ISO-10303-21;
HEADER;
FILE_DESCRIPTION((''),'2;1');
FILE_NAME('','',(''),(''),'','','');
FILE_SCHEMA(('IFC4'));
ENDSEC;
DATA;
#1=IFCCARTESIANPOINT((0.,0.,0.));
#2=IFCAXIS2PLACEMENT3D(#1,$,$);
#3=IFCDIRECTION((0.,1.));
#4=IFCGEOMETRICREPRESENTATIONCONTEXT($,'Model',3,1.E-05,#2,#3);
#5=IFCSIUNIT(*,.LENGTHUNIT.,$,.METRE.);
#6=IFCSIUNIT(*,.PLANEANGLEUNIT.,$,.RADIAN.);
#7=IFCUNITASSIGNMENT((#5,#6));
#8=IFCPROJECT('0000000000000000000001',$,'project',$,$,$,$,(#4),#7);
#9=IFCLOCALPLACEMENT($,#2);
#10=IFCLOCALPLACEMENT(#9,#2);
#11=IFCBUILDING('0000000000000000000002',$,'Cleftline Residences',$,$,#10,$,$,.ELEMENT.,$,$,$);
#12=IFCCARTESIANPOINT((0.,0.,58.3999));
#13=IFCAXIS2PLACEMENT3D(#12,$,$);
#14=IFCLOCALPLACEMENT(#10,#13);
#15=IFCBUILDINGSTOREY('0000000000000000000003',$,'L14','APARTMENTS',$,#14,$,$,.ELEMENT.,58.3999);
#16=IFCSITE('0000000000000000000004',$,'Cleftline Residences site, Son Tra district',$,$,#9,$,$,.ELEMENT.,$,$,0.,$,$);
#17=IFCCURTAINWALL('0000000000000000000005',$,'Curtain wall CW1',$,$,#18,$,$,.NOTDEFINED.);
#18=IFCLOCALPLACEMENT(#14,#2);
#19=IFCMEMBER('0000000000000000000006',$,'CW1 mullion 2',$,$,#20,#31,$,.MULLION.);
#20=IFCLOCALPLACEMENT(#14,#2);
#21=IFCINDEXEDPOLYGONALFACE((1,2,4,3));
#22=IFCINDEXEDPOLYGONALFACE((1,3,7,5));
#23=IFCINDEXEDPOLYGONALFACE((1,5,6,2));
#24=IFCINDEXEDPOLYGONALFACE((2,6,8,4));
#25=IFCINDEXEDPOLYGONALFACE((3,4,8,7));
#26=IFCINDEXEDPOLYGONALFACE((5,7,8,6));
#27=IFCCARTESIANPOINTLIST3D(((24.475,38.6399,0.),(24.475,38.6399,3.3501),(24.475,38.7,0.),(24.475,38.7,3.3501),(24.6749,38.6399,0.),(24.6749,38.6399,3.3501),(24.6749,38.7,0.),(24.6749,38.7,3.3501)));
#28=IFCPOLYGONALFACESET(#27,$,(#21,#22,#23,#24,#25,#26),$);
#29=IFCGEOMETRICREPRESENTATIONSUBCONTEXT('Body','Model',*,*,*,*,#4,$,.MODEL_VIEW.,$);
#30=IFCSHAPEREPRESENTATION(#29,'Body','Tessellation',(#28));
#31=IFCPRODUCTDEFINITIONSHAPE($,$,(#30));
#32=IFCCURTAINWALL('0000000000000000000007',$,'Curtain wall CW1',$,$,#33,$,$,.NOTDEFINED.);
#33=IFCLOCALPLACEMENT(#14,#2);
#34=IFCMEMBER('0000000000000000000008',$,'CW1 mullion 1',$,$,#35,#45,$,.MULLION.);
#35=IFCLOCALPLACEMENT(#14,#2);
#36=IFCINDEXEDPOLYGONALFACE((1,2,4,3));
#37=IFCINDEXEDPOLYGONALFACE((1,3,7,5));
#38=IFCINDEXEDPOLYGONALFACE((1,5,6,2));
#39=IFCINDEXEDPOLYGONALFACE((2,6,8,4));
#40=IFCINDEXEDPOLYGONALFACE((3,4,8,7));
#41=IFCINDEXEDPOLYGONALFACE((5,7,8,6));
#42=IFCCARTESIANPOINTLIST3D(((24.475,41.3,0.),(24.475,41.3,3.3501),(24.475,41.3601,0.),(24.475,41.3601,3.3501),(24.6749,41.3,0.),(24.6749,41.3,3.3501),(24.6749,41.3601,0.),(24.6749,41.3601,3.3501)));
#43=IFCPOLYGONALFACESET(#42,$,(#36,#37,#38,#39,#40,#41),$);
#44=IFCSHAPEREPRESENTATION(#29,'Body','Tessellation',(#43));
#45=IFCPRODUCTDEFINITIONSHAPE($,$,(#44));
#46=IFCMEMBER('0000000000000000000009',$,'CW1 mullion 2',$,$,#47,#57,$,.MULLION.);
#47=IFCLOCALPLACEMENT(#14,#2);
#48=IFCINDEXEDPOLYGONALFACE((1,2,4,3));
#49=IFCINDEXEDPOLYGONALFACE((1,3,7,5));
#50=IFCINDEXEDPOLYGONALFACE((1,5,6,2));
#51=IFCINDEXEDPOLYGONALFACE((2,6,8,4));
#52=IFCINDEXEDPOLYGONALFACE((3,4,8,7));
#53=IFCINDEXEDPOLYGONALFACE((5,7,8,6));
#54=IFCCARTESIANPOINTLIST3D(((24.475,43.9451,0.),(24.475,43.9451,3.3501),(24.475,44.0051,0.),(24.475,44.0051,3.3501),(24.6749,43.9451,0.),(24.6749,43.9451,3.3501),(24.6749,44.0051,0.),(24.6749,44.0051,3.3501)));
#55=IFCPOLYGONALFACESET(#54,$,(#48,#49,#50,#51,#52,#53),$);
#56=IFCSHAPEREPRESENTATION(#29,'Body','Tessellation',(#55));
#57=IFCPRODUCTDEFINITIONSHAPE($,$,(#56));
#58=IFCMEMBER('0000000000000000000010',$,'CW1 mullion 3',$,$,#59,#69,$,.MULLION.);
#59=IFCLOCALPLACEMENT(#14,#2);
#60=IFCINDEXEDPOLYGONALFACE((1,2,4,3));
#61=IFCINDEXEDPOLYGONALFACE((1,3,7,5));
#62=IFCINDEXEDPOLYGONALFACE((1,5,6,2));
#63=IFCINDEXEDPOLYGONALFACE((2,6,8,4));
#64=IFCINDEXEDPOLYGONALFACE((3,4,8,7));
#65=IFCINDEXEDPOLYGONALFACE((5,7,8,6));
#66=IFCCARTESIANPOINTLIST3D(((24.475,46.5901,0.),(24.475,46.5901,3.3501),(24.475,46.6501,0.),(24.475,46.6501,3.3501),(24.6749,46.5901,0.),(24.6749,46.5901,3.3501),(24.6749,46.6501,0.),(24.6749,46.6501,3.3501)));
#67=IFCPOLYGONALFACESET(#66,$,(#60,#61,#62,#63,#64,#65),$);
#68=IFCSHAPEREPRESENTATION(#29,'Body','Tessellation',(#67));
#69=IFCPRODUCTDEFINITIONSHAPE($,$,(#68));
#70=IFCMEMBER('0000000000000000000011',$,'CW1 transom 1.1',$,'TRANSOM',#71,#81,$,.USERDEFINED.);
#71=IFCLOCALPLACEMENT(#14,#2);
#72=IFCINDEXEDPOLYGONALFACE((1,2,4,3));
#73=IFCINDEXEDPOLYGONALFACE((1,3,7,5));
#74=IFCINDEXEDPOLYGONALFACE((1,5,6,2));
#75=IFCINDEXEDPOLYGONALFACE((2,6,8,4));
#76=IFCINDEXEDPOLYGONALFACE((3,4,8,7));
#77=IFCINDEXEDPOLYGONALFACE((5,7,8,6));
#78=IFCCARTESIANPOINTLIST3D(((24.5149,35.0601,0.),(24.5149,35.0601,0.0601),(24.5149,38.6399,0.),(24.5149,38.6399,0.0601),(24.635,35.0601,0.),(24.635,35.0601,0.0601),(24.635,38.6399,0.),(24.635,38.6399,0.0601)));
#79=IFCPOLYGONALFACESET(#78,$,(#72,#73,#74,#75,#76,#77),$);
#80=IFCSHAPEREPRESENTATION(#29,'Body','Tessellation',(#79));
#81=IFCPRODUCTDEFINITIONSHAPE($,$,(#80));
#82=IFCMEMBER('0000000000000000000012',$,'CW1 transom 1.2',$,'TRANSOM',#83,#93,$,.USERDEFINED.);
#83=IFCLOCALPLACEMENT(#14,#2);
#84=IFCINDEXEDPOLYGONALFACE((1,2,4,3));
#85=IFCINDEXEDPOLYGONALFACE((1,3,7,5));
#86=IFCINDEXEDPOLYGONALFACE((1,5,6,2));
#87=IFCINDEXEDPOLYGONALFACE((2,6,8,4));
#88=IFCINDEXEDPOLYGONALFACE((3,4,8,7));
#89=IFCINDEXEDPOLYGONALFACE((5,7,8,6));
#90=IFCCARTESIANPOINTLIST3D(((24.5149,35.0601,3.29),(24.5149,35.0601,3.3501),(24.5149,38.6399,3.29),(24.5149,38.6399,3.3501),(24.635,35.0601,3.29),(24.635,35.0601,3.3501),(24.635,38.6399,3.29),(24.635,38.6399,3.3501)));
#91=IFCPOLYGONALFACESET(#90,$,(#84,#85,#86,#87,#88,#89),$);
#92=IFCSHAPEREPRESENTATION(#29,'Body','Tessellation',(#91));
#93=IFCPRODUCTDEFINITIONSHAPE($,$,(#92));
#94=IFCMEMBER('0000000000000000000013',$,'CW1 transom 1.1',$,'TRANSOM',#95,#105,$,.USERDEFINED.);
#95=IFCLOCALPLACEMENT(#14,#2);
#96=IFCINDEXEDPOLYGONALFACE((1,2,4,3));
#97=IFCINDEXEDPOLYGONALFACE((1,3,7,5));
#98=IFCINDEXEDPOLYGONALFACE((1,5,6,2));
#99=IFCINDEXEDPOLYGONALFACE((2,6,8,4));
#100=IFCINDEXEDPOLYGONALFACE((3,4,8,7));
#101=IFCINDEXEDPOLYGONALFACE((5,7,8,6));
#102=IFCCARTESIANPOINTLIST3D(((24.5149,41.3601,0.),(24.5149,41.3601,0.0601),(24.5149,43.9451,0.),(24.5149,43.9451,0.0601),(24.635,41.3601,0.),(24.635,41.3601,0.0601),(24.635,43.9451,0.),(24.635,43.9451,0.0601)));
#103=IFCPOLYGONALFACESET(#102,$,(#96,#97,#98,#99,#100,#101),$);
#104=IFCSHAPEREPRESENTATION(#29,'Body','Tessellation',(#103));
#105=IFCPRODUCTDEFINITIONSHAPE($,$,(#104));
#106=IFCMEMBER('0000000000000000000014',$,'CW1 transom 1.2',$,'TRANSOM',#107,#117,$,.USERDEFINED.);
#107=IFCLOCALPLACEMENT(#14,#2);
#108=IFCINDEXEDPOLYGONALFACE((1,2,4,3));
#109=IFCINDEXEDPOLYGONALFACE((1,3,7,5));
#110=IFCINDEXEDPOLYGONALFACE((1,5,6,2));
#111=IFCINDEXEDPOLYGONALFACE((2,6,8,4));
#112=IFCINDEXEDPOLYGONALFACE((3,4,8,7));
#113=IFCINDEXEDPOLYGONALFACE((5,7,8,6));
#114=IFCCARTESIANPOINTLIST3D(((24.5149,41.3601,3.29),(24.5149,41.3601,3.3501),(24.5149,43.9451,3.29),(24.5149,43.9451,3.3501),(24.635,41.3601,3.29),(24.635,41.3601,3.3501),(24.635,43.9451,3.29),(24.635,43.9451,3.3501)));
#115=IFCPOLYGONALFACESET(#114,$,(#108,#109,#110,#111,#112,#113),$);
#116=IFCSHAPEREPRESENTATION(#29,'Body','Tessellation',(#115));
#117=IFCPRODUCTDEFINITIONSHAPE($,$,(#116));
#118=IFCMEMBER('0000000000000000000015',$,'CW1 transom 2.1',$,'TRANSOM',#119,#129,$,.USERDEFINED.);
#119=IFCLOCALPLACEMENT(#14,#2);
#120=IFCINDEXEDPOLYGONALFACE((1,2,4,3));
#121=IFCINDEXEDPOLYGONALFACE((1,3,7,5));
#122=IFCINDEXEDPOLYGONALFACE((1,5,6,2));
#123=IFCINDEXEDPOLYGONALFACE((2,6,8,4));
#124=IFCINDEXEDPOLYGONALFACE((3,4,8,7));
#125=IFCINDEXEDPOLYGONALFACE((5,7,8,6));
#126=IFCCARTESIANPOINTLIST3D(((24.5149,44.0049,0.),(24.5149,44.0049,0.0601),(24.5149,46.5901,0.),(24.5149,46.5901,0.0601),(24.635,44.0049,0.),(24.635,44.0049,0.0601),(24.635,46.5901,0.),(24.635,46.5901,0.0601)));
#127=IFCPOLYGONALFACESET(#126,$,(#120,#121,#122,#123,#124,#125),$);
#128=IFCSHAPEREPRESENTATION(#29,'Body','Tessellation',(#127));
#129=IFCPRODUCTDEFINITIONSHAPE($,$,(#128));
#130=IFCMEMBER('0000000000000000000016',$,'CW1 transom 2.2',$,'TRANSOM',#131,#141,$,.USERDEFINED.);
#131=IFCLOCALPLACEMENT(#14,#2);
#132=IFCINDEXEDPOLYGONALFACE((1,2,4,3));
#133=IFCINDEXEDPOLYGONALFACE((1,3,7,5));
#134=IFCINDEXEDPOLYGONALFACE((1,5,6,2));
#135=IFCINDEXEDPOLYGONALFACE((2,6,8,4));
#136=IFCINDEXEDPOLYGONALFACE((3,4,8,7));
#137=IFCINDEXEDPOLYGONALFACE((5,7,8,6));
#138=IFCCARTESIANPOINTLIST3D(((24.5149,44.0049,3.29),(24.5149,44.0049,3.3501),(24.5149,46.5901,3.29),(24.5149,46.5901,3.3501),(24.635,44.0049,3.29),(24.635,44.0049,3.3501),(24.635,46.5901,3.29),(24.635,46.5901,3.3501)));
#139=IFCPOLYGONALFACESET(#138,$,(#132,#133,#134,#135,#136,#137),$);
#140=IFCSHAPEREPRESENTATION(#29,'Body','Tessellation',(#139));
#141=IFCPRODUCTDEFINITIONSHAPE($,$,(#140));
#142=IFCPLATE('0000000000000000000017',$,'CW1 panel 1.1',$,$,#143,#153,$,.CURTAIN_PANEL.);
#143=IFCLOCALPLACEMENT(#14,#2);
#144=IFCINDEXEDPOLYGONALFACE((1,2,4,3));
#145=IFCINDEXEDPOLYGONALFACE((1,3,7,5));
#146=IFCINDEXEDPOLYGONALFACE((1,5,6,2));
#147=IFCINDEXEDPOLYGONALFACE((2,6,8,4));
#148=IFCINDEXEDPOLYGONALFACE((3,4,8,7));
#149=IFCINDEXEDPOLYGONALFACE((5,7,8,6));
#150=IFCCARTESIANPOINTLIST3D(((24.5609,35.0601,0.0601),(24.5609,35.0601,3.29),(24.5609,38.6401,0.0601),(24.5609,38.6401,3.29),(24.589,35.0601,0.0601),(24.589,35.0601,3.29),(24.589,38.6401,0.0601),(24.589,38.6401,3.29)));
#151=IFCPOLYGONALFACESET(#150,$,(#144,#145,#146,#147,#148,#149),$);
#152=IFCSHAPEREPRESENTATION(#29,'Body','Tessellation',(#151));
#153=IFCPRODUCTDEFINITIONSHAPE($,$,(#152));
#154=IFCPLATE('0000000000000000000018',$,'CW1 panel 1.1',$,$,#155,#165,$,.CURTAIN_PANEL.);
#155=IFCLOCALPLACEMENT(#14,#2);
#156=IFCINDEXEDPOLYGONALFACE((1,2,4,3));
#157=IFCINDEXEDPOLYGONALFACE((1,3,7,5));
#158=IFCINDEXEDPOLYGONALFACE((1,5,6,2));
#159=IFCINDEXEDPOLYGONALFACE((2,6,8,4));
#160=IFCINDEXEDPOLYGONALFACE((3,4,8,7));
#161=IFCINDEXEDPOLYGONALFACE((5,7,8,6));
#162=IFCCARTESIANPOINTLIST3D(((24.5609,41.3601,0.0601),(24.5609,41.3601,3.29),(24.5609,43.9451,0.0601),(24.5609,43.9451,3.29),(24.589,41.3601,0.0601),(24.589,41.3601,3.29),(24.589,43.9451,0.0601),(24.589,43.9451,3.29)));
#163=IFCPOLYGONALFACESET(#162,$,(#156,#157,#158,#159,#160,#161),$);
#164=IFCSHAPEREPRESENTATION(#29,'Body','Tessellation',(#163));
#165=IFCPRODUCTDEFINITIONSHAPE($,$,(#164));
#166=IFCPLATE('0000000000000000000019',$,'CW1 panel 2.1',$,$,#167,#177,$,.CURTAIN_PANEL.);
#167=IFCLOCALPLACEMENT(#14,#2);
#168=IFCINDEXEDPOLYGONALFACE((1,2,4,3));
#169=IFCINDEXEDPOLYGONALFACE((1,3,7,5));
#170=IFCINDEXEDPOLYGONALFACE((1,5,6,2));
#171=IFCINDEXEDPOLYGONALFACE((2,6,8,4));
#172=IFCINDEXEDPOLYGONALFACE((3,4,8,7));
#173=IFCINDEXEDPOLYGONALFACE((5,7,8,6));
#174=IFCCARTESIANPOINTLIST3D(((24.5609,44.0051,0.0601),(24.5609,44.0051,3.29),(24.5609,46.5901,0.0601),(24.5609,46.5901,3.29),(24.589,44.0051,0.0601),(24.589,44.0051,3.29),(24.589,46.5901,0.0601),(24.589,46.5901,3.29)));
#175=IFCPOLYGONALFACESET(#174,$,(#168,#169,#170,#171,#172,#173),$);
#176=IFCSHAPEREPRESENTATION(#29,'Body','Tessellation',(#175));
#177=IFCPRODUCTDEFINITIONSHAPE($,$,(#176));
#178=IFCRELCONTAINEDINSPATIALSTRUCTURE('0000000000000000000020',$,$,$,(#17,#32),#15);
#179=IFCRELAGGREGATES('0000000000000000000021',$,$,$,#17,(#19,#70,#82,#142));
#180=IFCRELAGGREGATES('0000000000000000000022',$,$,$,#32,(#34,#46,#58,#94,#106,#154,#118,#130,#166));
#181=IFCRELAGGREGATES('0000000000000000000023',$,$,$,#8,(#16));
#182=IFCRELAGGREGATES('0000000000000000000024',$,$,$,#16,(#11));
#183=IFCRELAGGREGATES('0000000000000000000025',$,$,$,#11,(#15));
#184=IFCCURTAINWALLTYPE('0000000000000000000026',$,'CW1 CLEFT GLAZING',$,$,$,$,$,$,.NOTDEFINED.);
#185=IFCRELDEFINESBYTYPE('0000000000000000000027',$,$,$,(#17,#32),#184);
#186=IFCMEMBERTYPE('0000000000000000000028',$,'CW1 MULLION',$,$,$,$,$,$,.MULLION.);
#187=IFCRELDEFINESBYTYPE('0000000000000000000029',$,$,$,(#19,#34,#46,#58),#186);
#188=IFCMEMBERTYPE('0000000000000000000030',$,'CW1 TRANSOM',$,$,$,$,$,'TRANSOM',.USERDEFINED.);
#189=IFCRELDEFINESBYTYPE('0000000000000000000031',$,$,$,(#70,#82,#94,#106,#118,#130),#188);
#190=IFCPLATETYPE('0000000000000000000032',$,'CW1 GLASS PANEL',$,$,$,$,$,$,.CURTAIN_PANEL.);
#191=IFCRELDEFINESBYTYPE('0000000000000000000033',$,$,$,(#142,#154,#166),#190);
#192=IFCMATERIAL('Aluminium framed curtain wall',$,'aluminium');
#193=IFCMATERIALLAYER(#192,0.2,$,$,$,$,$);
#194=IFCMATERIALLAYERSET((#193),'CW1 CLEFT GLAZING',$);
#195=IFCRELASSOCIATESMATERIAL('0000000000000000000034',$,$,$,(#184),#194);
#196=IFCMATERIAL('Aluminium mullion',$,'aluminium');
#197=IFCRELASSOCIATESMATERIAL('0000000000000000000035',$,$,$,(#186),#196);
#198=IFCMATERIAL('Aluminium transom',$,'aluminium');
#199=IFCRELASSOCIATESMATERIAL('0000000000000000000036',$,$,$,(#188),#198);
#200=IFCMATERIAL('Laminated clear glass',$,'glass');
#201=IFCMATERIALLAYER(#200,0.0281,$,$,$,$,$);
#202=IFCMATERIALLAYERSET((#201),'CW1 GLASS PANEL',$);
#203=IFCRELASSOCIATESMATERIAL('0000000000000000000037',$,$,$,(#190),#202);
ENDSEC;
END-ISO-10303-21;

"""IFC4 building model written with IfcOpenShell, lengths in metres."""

from ifc_helpers import new_model, si_unit, direction, frame, origin, origin_2d, place, context, subcontext, project, spatial, rectangle, extrude, material, layer, layer_set, material_profile, profile_set, type_object, element, aggregate, save


model = new_model("IFC4")

# Units and contexts
model_context = context("Model", 3, precision=1e-05, world=origin(), true_north=direction((0.0, 1.0)))
body_context = subcontext(model_context, "Body", "Model", "MODEL_VIEW")
ifc_project = project(units=[si_unit("LENGTHUNIT", "METRE"), si_unit("PLANEANGLEUNIT", "RADIAN")], contexts=[model_context])

# Site, building, storey
site_placement = place(None, origin())
site = spatial("IfcSite", under=ifc_project, at=site_placement, Name="Cleftline Residences site, Son Tra district", CompositionType="ELEMENT", RefElevation=0.0)
building_placement = place(site_placement, origin())
building = spatial("IfcBuilding", under=site, at=building_placement, Name="Cleftline Residences", CompositionType="ELEMENT")
storey_placement = place(building_placement, frame((0.0, 0.0, 58.3999)))
storey = spatial("IfcBuildingStorey", under=building, at=storey_placement, Name="L14", Description="APARTMENTS", CompositionType="ELEMENT", Elevation=58.3999)

# Curtain wall, member
ifc_material_1 = material(Name="Aluminium framed curtain wall", Category="aluminium")
ifc_layer_1 = layer(ifc_material_1, 0.2)
ifc_layer_set_1 = layer_set([ifc_layer_1], Name="CW1 CLEFT GLAZING")
curtain_wall_type = type_object("IfcCurtainWallType", Name="CW1 CLEFT GLAZING", PredefinedType="NOTDEFINED", material=ifc_layer_set_1)
curtain_wall_1_placement = place(storey_placement, origin())
curtain_wall_1 = element("IfcCurtainWall", 1, at=curtain_wall_1_placement, inside=storey, type_object=curtain_wall_type, Name="Curtain wall CW1", PredefinedType="NOTDEFINED")
ifc_material_2 = material(Name="Aluminium mullion", Category="aluminium")
ifc_material_profile_1 = material_profile(ifc_material_2, rectangle(XDim=0.2, YDim=0.0601, at=origin_2d()))
ifc_profile_set_1 = profile_set([ifc_material_profile_1], Name="Aluminium mullion")
member_type_1 = type_object("IfcMemberType", Name="CW1 MULLION", PredefinedType="MULLION", material=ifc_profile_set_1)
member_1_placement = place(storey_placement, frame((24.575, 38.6699, 0.0), z_axis=(0.0, 0.0, 1.0), x_axis=(-1.0, 0.0, 0.0)))
member_1 = element("IfcMember", 2, at=member_1_placement, type_object=member_type_1, Name="CW1 mullion 2", PredefinedType="MULLION", context=body_context, shape_type="SweptSolid", body=[
    extrude(rectangle(XDim=0.2, YDim=0.0601, at=origin_2d()), origin(), (0.0, 0.0, 1.0), 3.3501),
])

# Curtain wall, members
curtain_wall_2_placement = place(storey_placement, origin())
curtain_wall_2 = element("IfcCurtainWall", 3, at=curtain_wall_2_placement, inside=storey, type_object=curtain_wall_type, Name="Curtain wall CW1", PredefinedType="NOTDEFINED")
member_2_placement = place(storey_placement, frame((24.575, 41.3301, 0.0), z_axis=(0.0, 0.0, 1.0), x_axis=(-1.0, 0.0, 0.0)))
member_2 = element("IfcMember", 4, at=member_2_placement, type_object=member_type_1, Name="CW1 mullion 1", PredefinedType="MULLION", context=body_context, shape_type="SweptSolid", body=[
    extrude(rectangle(XDim=0.2, YDim=0.0601, at=origin_2d()), origin(), (0.0, 0.0, 1.0), 3.3501),
])
member_3_placement = place(storey_placement, frame((24.575, 43.9751, 0.0), z_axis=(0.0, 0.0, 1.0), x_axis=(-1.0, 0.0, 0.0)))
member_3 = element("IfcMember", 5, at=member_3_placement, type_object=member_type_1, Name="CW1 mullion 2", PredefinedType="MULLION", context=body_context, shape_type="SweptSolid", body=[
    extrude(rectangle(XDim=0.2, YDim=0.0601, at=origin_2d()), origin(), (0.0, 0.0, 1.0), 3.3501),
])
member_4_placement = place(storey_placement, frame((24.575, 46.6201, 0.0), z_axis=(0.0, 0.0, 1.0), x_axis=(-1.0, 0.0, 0.0)))
member_4 = element("IfcMember", 6, at=member_4_placement, type_object=member_type_1, Name="CW1 mullion 3", PredefinedType="MULLION", context=body_context, shape_type="SweptSolid", body=[
    extrude(rectangle(XDim=0.2, YDim=0.0601, at=origin_2d()), origin(), (0.0, 0.0, 1.0), 3.3501),
])

# Members
ifc_material_3 = material(Name="Aluminium transom", Category="aluminium")
ifc_material_profile_2 = material_profile(ifc_material_3, rectangle(XDim=0.1201, YDim=0.0601, at=origin_2d()))
ifc_profile_set_2 = profile_set([ifc_material_profile_2], Name="Aluminium transom")
member_type_2 = type_object("IfcMemberType", Name="CW1 TRANSOM", ElementType="TRANSOM", PredefinedType="USERDEFINED", material=ifc_profile_set_2)
member_5_placement = place(storey_placement, frame((24.575, 35.0601, 0.03), z_axis=(0.0, 1.0, 0.0), x_axis=(-1.0, 0.0, 0.0)))
member_5 = element("IfcMember", 7, at=member_5_placement, type_object=member_type_2, Name="CW1 transom 1.1", ObjectType="TRANSOM", PredefinedType="USERDEFINED", context=body_context, shape_type="SweptSolid", body=[
    extrude(rectangle(XDim=0.1201, YDim=0.0601, at=origin_2d()), origin(), (0.0, 0.0, 1.0), 3.5798),
])
member_6_placement = place(storey_placement, frame((24.575, 35.0601, 3.3201), z_axis=(0.0, 1.0, 0.0), x_axis=(-1.0, 0.0, 0.0)))
member_6 = element("IfcMember", 8, at=member_6_placement, type_object=member_type_2, Name="CW1 transom 1.2", ObjectType="TRANSOM", PredefinedType="USERDEFINED", context=body_context, shape_type="SweptSolid", body=[
    extrude(rectangle(XDim=0.1201, YDim=0.0601, at=origin_2d()), origin(), (0.0, 0.0, 1.0), 3.5798),
])
member_7_placement = place(storey_placement, frame((24.575, 41.3601, 0.03), z_axis=(0.0, 1.0, 0.0), x_axis=(-1.0, 0.0, 0.0)))
member_7 = element("IfcMember", 9, at=member_7_placement, type_object=member_type_2, Name="CW1 transom 1.1", ObjectType="TRANSOM", PredefinedType="USERDEFINED", context=body_context, shape_type="SweptSolid", body=[
    extrude(rectangle(XDim=0.1201, YDim=0.0601, at=origin_2d()), origin(), (0.0, 0.0, 1.0), 2.585),
])
member_8_placement = place(storey_placement, frame((24.575, 41.3601, 3.3201), z_axis=(0.0, 1.0, 0.0), x_axis=(-1.0, 0.0, 0.0)))
member_8 = element("IfcMember", 10, at=member_8_placement, type_object=member_type_2, Name="CW1 transom 1.2", ObjectType="TRANSOM", PredefinedType="USERDEFINED", context=body_context, shape_type="SweptSolid", body=[
    extrude(rectangle(XDim=0.1201, YDim=0.0601, at=origin_2d()), origin(), (0.0, 0.0, 1.0), 2.585),
])
member_9_placement = place(storey_placement, frame((24.575, 44.0049, 0.03), z_axis=(0.0, 1.0, 0.0), x_axis=(-1.0, 0.0, 0.0)))
member_9 = element("IfcMember", 11, at=member_9_placement, type_object=member_type_2, Name="CW1 transom 2.1", ObjectType="TRANSOM", PredefinedType="USERDEFINED", context=body_context, shape_type="SweptSolid", body=[
    extrude(rectangle(XDim=0.1201, YDim=0.0601, at=origin_2d()), origin(), (0.0, 0.0, 1.0), 2.5852),
])
member_10_placement = place(storey_placement, frame((24.575, 44.0049, 3.3201), z_axis=(0.0, 1.0, 0.0), x_axis=(-1.0, 0.0, 0.0)))
member_10 = element("IfcMember", 12, at=member_10_placement, type_object=member_type_2, Name="CW1 transom 2.2", ObjectType="TRANSOM", PredefinedType="USERDEFINED", context=body_context, shape_type="SweptSolid", body=[
    extrude(rectangle(XDim=0.1201, YDim=0.0601, at=origin_2d()), origin(), (0.0, 0.0, 1.0), 2.5852),
])

# Plates
ifc_material_4 = material(Name="Laminated clear glass", Category="glass")
ifc_layer_2 = layer(ifc_material_4, 0.0281)
ifc_layer_set_2 = layer_set([ifc_layer_2], Name="CW1 GLASS PANEL")
plate_type = type_object("IfcPlateType", Name="CW1 GLASS PANEL", PredefinedType="CURTAIN_PANEL", material=ifc_layer_set_2)
plate_1_placement = place(storey_placement, frame((24.575, 36.8501, 0.0601), z_axis=(0.0, 0.0, 1.0), x_axis=(0.0, 1.0, 0.0)))
plate_1 = element("IfcPlate", 13, at=plate_1_placement, type_object=plate_type, Name="CW1 panel 1.1", PredefinedType="CURTAIN_PANEL", context=body_context, shape_type="SweptSolid", body=[
    extrude(rectangle(XDim=3.5801, YDim=0.0281, at=origin_2d()), origin(), (0.0, 0.0, 1.0), 3.23),
])
aggregate(curtain_wall_1, [member_1, member_5, member_6, plate_1])
plate_2_placement = place(storey_placement, frame((24.575, 42.6526, 0.0601), z_axis=(0.0, 0.0, 1.0), x_axis=(0.0, 1.0, 0.0)))
plate_2 = element("IfcPlate", 14, at=plate_2_placement, type_object=plate_type, Name="CW1 panel 1.1", PredefinedType="CURTAIN_PANEL", context=body_context, shape_type="SweptSolid", body=[
    extrude(rectangle(XDim=2.585, YDim=0.0281, at=origin_2d()), origin(), (0.0, 0.0, 1.0), 3.23),
])
plate_3_placement = place(storey_placement, frame((24.575, 45.2976, 0.0601), z_axis=(0.0, 0.0, 1.0), x_axis=(0.0, 1.0, 0.0)))
plate_3 = element("IfcPlate", 15, at=plate_3_placement, type_object=plate_type, Name="CW1 panel 2.1", PredefinedType="CURTAIN_PANEL", context=body_context, shape_type="SweptSolid", body=[
    extrude(rectangle(XDim=2.585, YDim=0.0281, at=origin_2d()), origin(), (0.0, 0.0, 1.0), 3.23),
])
aggregate(curtain_wall_2, [member_2, member_3, member_4, member_7, member_8, plate_2, member_9, member_10, plate_3])

save(model, "model.ifc")
